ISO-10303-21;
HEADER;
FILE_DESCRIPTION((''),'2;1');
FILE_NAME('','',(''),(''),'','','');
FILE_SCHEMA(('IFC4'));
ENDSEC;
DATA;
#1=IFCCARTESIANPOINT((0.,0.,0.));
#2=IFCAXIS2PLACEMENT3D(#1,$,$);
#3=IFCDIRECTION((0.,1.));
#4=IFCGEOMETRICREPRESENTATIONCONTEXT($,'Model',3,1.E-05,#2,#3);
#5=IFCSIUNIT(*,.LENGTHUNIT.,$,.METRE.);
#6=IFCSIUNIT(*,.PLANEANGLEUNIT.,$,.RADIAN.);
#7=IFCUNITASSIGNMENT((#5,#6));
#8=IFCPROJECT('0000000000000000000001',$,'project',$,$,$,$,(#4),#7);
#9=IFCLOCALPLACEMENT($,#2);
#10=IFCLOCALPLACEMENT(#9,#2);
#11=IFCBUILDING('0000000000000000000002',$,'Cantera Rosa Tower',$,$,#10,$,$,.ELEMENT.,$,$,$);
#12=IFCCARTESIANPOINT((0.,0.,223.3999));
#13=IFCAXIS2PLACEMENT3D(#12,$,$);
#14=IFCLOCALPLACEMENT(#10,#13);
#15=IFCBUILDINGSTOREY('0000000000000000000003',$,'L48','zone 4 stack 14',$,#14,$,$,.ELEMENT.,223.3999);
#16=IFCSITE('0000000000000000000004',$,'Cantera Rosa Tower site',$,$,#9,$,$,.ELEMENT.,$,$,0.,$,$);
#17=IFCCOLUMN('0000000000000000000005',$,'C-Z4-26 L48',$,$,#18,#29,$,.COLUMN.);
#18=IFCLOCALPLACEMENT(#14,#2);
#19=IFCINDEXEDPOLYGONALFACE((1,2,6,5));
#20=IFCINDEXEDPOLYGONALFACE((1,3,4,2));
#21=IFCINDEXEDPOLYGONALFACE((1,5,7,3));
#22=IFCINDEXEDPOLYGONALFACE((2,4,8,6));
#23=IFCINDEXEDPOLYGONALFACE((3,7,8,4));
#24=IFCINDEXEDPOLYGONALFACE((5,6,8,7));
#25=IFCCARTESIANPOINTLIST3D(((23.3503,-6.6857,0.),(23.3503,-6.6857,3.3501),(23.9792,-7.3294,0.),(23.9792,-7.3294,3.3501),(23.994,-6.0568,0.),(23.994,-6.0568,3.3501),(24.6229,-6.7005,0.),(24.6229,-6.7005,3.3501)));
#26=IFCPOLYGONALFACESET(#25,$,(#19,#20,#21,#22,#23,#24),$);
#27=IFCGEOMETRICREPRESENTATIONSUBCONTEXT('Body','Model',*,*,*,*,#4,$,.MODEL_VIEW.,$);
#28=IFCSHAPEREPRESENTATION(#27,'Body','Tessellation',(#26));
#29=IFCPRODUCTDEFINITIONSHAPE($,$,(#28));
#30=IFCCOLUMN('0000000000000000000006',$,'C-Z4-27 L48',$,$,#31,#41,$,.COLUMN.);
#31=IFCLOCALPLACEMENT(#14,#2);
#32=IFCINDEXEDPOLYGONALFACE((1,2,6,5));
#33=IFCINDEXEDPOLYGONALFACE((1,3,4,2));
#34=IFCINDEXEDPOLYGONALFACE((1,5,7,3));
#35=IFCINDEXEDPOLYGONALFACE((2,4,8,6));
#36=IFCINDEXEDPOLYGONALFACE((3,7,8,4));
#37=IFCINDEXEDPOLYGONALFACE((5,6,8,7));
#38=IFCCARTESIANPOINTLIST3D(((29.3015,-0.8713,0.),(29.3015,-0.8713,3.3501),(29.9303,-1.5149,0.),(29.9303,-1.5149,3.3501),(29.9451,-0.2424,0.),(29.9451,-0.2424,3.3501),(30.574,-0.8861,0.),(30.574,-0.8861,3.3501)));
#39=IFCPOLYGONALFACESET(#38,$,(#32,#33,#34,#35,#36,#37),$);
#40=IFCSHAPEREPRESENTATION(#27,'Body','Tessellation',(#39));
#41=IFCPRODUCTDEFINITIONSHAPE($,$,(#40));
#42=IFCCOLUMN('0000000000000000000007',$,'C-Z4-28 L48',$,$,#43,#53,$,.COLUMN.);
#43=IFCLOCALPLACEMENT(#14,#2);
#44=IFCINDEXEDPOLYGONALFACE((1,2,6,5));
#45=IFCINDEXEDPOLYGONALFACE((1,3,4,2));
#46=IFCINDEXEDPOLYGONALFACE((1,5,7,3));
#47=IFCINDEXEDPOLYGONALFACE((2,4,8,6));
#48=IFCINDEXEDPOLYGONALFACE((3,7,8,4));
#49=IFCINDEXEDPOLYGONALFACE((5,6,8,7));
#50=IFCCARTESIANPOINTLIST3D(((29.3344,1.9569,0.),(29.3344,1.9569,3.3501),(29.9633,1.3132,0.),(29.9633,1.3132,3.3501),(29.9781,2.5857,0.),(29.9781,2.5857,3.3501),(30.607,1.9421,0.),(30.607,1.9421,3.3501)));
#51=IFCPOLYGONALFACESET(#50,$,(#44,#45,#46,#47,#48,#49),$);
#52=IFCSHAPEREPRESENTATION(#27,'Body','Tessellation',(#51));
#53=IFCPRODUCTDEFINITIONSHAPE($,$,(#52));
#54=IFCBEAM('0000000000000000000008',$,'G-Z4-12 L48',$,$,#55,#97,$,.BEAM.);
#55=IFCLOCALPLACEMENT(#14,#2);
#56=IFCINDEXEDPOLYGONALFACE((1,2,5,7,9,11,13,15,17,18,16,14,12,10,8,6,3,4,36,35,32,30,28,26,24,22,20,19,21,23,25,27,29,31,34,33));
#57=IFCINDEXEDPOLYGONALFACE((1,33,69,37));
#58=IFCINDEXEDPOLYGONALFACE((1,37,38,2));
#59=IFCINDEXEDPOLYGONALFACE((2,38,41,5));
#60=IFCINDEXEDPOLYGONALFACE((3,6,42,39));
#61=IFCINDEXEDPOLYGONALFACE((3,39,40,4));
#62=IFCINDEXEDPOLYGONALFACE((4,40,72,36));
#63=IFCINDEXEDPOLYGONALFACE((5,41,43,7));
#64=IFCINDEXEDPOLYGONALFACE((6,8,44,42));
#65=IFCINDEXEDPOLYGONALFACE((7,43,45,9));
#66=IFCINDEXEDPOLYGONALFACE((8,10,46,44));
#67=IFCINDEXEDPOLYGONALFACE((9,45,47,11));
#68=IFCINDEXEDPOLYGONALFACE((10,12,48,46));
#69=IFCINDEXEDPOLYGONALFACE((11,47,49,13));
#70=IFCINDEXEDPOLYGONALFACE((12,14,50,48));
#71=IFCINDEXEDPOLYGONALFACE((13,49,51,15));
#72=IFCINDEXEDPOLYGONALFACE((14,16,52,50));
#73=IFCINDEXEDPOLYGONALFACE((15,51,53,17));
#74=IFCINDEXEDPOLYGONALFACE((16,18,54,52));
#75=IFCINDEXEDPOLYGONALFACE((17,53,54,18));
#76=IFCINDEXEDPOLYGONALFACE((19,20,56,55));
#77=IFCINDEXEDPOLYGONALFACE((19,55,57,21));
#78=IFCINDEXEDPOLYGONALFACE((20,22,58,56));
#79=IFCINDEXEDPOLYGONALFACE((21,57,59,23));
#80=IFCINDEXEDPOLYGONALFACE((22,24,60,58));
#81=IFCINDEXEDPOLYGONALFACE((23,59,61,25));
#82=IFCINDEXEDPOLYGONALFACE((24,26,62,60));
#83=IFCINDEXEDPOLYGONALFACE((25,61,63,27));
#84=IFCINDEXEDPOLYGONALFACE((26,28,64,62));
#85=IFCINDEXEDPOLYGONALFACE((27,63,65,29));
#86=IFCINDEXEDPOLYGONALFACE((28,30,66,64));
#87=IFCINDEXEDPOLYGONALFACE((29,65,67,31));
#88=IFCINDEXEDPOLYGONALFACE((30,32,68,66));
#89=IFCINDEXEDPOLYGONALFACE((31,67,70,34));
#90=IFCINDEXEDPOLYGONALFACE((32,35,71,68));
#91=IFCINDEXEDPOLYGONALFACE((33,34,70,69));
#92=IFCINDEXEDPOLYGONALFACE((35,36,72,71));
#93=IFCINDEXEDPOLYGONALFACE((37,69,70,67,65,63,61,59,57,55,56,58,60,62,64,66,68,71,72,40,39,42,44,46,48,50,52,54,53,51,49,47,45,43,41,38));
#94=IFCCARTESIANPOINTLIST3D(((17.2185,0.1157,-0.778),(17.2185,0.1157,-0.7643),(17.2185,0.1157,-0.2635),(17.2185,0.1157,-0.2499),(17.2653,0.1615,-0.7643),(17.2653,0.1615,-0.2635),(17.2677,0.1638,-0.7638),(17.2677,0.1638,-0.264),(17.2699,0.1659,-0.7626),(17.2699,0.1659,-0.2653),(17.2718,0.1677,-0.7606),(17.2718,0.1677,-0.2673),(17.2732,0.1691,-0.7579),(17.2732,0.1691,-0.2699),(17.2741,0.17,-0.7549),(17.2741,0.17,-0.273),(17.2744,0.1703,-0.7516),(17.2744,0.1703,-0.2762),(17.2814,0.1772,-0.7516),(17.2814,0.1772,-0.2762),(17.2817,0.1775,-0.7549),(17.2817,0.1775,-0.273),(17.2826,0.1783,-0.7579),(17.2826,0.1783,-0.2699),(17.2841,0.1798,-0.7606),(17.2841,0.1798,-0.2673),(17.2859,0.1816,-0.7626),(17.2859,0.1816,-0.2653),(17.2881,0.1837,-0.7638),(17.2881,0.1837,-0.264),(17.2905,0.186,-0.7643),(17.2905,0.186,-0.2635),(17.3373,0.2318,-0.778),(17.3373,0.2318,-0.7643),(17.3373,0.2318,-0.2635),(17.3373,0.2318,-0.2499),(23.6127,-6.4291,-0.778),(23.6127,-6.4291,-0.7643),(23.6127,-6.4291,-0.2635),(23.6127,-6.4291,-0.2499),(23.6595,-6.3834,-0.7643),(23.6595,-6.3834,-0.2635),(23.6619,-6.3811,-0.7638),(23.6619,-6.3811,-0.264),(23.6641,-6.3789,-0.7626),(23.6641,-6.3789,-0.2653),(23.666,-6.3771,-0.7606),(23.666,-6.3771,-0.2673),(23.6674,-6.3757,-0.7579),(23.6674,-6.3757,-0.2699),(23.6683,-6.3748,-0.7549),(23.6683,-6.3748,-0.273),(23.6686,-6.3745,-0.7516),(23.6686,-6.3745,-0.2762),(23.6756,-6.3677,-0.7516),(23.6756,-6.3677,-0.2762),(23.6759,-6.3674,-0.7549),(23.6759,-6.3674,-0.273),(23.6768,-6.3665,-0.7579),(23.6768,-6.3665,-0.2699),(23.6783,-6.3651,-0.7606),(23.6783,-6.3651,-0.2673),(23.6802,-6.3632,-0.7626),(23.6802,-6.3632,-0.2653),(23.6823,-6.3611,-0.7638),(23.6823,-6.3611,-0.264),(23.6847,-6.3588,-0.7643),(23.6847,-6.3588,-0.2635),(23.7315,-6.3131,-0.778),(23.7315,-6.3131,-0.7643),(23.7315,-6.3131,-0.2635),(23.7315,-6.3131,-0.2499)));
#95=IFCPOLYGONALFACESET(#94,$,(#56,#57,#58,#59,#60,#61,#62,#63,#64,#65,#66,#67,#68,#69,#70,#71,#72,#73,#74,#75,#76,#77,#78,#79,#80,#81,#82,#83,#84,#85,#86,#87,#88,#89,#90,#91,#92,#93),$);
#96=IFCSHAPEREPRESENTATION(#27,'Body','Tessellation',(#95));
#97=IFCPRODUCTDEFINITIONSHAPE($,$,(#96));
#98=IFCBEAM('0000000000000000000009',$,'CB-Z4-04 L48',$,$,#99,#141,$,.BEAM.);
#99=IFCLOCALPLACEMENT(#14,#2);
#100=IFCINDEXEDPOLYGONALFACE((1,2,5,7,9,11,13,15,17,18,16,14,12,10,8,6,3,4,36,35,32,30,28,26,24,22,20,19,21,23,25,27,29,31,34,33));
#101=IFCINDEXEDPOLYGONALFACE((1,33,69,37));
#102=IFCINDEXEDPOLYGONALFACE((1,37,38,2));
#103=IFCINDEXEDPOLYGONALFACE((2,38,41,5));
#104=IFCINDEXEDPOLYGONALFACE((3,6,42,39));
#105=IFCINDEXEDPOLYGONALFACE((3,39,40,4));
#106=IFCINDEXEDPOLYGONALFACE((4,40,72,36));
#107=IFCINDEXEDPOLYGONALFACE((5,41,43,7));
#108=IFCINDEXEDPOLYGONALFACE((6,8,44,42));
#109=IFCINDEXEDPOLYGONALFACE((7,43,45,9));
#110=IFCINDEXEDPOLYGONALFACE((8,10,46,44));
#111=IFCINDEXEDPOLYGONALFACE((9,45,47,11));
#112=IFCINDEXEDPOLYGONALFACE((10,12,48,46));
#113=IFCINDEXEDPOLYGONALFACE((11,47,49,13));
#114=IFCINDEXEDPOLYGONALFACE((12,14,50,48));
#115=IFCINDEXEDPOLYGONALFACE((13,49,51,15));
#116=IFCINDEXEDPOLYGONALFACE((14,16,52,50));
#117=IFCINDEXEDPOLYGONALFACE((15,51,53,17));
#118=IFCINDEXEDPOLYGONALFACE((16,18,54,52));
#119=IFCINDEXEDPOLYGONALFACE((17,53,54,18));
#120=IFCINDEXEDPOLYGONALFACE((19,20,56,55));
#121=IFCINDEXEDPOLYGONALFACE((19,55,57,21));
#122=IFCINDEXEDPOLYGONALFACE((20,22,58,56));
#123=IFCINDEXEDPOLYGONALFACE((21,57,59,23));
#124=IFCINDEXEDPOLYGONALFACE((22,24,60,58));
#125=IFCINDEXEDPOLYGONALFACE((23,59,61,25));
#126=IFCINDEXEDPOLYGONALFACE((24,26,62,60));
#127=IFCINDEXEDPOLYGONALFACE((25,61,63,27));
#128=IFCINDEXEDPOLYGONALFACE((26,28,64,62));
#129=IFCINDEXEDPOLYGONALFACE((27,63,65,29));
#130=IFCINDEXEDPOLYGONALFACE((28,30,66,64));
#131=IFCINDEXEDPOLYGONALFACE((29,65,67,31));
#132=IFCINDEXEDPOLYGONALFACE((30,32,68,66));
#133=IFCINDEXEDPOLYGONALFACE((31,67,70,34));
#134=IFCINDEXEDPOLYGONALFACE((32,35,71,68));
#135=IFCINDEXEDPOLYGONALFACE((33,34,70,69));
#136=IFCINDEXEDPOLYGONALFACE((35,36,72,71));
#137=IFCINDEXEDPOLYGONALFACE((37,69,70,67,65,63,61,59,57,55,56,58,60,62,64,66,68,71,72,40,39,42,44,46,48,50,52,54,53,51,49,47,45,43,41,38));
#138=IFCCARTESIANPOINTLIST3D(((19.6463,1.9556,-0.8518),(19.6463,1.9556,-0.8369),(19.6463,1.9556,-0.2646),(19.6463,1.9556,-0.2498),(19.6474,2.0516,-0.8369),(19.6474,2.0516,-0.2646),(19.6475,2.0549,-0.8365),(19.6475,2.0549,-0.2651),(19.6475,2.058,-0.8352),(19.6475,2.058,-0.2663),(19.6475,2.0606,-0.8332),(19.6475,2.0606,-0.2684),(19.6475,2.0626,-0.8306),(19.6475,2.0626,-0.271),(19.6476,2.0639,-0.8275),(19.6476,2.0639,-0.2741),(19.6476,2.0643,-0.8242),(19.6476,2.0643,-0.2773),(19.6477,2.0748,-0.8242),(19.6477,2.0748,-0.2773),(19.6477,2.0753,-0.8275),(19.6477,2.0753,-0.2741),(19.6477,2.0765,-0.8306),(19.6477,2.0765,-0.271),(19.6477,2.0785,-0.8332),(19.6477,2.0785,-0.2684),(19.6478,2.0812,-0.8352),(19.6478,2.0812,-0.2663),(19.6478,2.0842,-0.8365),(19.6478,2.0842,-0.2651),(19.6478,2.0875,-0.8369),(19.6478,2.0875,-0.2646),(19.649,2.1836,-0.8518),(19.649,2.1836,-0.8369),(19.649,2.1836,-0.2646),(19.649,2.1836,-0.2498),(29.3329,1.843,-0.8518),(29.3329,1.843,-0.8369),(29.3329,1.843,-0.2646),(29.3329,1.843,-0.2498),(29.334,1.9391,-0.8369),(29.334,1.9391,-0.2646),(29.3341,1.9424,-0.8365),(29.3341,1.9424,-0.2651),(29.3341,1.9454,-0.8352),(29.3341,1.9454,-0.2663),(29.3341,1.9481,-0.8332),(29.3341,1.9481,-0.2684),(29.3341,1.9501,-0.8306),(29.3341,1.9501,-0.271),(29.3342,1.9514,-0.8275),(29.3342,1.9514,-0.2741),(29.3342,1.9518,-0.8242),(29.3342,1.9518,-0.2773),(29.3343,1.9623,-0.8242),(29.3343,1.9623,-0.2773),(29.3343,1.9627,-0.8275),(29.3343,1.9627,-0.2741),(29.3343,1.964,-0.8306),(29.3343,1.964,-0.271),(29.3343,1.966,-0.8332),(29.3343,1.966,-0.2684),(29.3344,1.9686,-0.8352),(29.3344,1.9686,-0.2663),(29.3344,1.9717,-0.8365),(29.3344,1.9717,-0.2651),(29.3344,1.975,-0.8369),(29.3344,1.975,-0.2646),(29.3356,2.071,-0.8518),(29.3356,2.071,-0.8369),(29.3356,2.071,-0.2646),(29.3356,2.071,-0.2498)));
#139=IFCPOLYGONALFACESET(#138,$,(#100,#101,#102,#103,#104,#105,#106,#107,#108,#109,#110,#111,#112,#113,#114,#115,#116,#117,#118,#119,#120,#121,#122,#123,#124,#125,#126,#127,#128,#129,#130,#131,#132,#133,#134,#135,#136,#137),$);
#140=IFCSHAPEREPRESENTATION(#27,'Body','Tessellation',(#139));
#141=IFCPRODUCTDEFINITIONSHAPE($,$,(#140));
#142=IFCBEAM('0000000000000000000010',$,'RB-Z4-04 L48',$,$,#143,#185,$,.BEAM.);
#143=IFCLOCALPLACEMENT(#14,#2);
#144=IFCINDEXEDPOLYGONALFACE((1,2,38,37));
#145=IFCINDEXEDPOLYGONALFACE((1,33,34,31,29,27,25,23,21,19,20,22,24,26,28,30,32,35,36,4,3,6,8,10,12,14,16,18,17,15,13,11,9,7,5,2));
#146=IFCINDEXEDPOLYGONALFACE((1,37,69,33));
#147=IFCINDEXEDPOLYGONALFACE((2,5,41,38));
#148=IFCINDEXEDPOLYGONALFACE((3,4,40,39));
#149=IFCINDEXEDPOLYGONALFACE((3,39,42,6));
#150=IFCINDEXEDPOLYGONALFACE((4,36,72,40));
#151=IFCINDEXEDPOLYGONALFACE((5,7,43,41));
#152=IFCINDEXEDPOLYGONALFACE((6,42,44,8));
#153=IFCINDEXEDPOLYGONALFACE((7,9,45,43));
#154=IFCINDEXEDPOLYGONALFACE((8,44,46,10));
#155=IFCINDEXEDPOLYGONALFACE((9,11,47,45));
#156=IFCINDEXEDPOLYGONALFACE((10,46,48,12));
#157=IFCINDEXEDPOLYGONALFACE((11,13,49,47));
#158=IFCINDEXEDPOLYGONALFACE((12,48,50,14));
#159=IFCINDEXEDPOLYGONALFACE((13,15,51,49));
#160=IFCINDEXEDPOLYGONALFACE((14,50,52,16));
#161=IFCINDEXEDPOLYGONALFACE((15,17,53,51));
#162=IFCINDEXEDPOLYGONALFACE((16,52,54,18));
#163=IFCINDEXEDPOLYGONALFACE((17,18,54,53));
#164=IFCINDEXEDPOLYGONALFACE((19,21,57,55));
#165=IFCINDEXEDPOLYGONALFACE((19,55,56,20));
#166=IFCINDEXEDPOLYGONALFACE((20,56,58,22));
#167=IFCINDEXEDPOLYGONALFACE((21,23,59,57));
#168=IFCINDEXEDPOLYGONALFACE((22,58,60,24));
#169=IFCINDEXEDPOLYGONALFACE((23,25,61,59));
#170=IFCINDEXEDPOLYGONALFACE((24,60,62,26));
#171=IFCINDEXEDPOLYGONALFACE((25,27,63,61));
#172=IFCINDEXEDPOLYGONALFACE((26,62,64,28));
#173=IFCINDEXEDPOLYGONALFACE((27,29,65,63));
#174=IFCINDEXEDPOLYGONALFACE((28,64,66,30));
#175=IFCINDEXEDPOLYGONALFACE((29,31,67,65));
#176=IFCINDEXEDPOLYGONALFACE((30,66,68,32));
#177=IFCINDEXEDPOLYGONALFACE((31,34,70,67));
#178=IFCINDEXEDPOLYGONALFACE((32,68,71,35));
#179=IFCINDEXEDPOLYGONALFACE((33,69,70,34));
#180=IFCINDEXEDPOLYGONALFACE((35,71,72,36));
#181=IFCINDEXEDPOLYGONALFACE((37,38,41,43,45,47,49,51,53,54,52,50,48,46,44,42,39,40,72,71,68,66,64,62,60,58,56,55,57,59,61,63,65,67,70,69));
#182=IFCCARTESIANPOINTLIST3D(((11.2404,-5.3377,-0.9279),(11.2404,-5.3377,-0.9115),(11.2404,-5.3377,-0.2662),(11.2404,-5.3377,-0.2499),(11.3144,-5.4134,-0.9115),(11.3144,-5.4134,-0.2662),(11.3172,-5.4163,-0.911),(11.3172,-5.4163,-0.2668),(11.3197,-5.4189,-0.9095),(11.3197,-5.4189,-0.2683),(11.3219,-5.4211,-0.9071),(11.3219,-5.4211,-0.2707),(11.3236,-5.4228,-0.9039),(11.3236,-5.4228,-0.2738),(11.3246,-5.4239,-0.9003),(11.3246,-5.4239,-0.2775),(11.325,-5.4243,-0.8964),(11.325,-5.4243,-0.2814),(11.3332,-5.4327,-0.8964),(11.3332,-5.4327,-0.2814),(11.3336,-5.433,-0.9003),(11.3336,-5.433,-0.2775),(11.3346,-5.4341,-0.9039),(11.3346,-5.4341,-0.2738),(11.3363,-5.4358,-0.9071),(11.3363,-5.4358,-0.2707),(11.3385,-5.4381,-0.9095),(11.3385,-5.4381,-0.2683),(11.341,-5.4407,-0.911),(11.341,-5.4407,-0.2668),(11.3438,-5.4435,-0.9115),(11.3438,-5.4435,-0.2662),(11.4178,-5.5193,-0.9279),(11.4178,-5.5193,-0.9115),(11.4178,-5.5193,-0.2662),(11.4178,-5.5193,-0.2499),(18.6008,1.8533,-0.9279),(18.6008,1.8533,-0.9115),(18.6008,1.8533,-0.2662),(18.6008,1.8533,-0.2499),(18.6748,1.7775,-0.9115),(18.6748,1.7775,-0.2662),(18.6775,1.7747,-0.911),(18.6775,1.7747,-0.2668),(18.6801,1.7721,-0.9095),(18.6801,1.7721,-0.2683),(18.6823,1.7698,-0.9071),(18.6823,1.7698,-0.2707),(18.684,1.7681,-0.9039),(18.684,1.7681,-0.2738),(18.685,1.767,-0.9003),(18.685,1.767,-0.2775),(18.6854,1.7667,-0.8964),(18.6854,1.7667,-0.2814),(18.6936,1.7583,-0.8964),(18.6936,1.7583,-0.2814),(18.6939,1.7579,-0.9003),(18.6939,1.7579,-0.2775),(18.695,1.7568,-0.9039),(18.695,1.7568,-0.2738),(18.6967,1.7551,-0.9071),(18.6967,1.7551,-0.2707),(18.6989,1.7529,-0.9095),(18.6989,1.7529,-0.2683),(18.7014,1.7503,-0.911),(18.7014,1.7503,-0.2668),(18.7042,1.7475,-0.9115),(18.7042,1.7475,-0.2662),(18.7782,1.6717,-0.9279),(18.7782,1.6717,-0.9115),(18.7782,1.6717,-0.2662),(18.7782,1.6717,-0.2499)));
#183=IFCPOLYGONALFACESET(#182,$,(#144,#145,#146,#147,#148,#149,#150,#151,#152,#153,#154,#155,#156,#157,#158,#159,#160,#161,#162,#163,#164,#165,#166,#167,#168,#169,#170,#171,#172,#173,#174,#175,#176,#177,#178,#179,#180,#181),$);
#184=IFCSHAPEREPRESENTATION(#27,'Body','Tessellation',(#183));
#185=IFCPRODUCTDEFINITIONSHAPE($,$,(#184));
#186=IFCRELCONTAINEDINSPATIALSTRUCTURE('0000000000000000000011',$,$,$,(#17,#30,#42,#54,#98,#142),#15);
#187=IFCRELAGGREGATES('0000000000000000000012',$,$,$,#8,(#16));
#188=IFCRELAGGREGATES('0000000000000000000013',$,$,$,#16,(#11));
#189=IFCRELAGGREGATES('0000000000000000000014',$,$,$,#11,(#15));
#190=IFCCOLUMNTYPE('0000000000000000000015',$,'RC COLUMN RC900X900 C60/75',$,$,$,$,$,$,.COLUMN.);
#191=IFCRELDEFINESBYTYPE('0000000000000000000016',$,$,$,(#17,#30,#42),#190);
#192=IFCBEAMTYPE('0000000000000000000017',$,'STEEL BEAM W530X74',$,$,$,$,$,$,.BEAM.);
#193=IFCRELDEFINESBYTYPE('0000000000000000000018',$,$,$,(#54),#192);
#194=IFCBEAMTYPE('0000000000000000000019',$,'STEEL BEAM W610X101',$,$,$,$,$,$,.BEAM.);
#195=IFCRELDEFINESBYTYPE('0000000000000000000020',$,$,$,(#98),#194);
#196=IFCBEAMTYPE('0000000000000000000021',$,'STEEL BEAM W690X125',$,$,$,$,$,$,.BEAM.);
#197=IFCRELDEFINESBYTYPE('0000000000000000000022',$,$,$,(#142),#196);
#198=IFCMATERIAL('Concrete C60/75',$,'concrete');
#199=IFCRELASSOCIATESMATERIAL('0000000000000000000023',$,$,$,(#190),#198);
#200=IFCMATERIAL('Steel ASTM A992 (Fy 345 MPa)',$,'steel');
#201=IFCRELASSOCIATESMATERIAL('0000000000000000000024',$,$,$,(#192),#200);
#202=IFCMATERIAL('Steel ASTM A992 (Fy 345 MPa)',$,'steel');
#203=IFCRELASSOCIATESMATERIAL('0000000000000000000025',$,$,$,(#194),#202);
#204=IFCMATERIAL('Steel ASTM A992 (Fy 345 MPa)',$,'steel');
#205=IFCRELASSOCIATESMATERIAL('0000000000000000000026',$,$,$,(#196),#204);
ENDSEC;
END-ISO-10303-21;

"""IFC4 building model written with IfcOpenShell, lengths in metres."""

from ifc_helpers import new_model, si_unit, direction, frame, origin, origin_2d, place, context, subcontext, project, spatial, rectangle, i_section, extrude, material, material_profile, profile_set, type_object, element, save


model = new_model("IFC4")

# Units and contexts
model_context = context("Model", 3, precision=1e-05, world=origin(), true_north=direction((0.0, 1.0)))
body_context = subcontext(model_context, "Body", "Model", "MODEL_VIEW")
ifc_project = project(units=[si_unit("LENGTHUNIT", "METRE"), si_unit("PLANEANGLEUNIT", "RADIAN")], contexts=[model_context])

# Site, building, storey
site_placement = place(None, origin())
site = spatial("IfcSite", under=ifc_project, at=site_placement, Name="Cantera Rosa Tower site", CompositionType="ELEMENT", RefElevation=0.0)
building_placement = place(site_placement, origin())
building = spatial("IfcBuilding", under=site, at=building_placement, Name="Cantera Rosa Tower", CompositionType="ELEMENT")
storey_placement = place(building_placement, frame((0.0, 0.0, 223.3999)))
storey = spatial("IfcBuildingStorey", under=building, at=storey_placement, Name="L48", Description="zone 4 stack 14", CompositionType="ELEMENT", Elevation=223.3999)

# Columns
ifc_material_1 = material(Name="Concrete C60/75", Category="concrete")
ifc_material_profile_1 = material_profile(ifc_material_1, rectangle(XDim=0.8999, YDim=0.8999, at=origin_2d()), Name="RC COLUMN RC900X900 C60/75")
ifc_profile_set_1 = profile_set([ifc_material_profile_1], Name="Concrete C60/75")
column_type = type_object("IfcColumnType", Name="RC COLUMN RC900X900 C60/75", PredefinedType="COLUMN", material=ifc_profile_set_1)
for number, where, z_axis, x_axis, name in (
    (1, (23.9866, -6.6931, 0.0), (0.0, 0.0, 1.0), (0.715286, 0.698832, 0.0), "C-Z4-26 L48"),
    (2, (29.9377, -0.8787, 0.0), (0.0, 0.0, 1.0), (0.715286, 0.698832, 0.0), "C-Z4-27 L48"),
    (3, (29.9707, 1.9495, 0.0), (0.0, 0.0, 1.0), (0.715286, 0.698832, 0.0), "C-Z4-28 L48"),
):
    element("IfcColumn", number, at=place(storey_placement, frame(where, z_axis=z_axis, x_axis=x_axis)), inside=storey, type_object=column_type, Name=name, PredefinedType="COLUMN", context=body_context, shape_type="SweptSolid", body=[
        extrude(rectangle(XDim=0.8999, YDim=0.8999, at=origin_2d()), origin(), (0.0, 0.0, 1.0), 3.3501),
    ])

# Beams
ifc_material_2 = material(Name="Steel ASTM A992 (Fy 345 MPa)", Category="steel")
ifc_material_profile_2 = material_profile(ifc_material_2, i_section(OverallWidth=0.166, OverallDepth=0.5281, WebThickness=0.0098, FlangeThickness=0.0137, FilletRadius=0.0127, at=origin_2d()), Name="W530X74")
ifc_profile_set_2 = profile_set([ifc_material_profile_2], Name="Steel ASTM A992 (Fy 345 MPa)")
beam_type_1 = type_object("IfcBeamType", Name="STEEL BEAM W530X74", PredefinedType="BEAM", material=ifc_profile_set_2)
beam_1_placement = place(storey_placement, frame((23.6721, -6.3711, -0.5139), z_axis=(-0.698827, 0.71529, 0.0), x_axis=(-0.71529, -0.698827, 0.0)))
element("IfcBeam", 4, at=beam_1_placement, inside=storey, type_object=beam_type_1, Name="G-Z4-12 L48", PredefinedType="BEAM", context=body_context, shape_type="SweptSolid", body=[
    extrude(i_section(OverallWidth=0.166, OverallDepth=0.5281, WebThickness=0.0098, FlangeThickness=0.0137, FilletRadius=0.0127, at=origin_2d()), origin(), (0.0, 0.0, 1.0), 9.1499),
])
ifc_material_3 = material(Name="Steel ASTM A992 (Fy 345 MPa)", Category="steel")
ifc_material_profile_3 = material_profile(ifc_material_3, i_section(OverallWidth=0.228, OverallDepth=0.6021, WebThickness=0.0105, FlangeThickness=0.0149, FilletRadius=0.0127, at=origin_2d()), Name="W610X101")
ifc_profile_set_3 = profile_set([ifc_material_profile_3], Name="Steel ASTM A992 (Fy 345 MPa)")
beam_type_2 = type_object("IfcBeamType", Name="STEEL BEAM W610X101", PredefinedType="BEAM", material=ifc_profile_set_3)
beam_2_placement = place(storey_placement, frame((29.3342, 1.957, -0.5508), z_axis=(-0.999933, 0.011618, 0.0), x_axis=(-0.011618, -0.999933, 0.0)))
element("IfcBeam", 5, at=beam_2_placement, inside=storey, type_object=beam_type_2, Name="CB-Z4-04 L48", PredefinedType="BEAM", context=body_context, shape_type="SweptSolid", body=[
    extrude(i_section(OverallWidth=0.228, OverallDepth=0.6021, WebThickness=0.0105, FlangeThickness=0.0149, FilletRadius=0.0127, at=origin_2d()), origin(), (0.0, 0.0, 1.0), 9.6873),
])
ifc_material_4 = material(Name="Steel ASTM A992 (Fy 345 MPa)", Category="steel")
ifc_material_profile_4 = material_profile(ifc_material_4, i_section(OverallWidth=0.2539, OverallDepth=0.678, WebThickness=0.0117, FlangeThickness=0.0164, FilletRadius=0.0151, at=origin_2d()), Name="W690X125")
ifc_profile_set_4 = profile_set([ifc_material_profile_4], Name="Steel ASTM A992 (Fy 345 MPa)")
beam_type_3 = type_object("IfcBeamType", Name="STEEL BEAM W690X125", PredefinedType="BEAM", material=ifc_profile_set_4)
beam_3_placement = place(storey_placement, frame((11.3291, -5.4285, -0.5889), z_axis=(0.715292, 0.698826, 0.0), x_axis=(-0.698826, 0.715292, 0.0)))
element("IfcBeam", 6, at=beam_3_placement, inside=storey, type_object=beam_type_3, Name="RB-Z4-04 L48", PredefinedType="BEAM", context=body_context, shape_type="SweptSolid", body=[
    extrude(i_section(OverallWidth=0.2539, OverallDepth=0.678, WebThickness=0.0117, FlangeThickness=0.0164, FilletRadius=0.0151, at=origin_2d()), origin(), (0.0, 0.0, 1.0), 10.29),
])

save(model, "model.ifc")
